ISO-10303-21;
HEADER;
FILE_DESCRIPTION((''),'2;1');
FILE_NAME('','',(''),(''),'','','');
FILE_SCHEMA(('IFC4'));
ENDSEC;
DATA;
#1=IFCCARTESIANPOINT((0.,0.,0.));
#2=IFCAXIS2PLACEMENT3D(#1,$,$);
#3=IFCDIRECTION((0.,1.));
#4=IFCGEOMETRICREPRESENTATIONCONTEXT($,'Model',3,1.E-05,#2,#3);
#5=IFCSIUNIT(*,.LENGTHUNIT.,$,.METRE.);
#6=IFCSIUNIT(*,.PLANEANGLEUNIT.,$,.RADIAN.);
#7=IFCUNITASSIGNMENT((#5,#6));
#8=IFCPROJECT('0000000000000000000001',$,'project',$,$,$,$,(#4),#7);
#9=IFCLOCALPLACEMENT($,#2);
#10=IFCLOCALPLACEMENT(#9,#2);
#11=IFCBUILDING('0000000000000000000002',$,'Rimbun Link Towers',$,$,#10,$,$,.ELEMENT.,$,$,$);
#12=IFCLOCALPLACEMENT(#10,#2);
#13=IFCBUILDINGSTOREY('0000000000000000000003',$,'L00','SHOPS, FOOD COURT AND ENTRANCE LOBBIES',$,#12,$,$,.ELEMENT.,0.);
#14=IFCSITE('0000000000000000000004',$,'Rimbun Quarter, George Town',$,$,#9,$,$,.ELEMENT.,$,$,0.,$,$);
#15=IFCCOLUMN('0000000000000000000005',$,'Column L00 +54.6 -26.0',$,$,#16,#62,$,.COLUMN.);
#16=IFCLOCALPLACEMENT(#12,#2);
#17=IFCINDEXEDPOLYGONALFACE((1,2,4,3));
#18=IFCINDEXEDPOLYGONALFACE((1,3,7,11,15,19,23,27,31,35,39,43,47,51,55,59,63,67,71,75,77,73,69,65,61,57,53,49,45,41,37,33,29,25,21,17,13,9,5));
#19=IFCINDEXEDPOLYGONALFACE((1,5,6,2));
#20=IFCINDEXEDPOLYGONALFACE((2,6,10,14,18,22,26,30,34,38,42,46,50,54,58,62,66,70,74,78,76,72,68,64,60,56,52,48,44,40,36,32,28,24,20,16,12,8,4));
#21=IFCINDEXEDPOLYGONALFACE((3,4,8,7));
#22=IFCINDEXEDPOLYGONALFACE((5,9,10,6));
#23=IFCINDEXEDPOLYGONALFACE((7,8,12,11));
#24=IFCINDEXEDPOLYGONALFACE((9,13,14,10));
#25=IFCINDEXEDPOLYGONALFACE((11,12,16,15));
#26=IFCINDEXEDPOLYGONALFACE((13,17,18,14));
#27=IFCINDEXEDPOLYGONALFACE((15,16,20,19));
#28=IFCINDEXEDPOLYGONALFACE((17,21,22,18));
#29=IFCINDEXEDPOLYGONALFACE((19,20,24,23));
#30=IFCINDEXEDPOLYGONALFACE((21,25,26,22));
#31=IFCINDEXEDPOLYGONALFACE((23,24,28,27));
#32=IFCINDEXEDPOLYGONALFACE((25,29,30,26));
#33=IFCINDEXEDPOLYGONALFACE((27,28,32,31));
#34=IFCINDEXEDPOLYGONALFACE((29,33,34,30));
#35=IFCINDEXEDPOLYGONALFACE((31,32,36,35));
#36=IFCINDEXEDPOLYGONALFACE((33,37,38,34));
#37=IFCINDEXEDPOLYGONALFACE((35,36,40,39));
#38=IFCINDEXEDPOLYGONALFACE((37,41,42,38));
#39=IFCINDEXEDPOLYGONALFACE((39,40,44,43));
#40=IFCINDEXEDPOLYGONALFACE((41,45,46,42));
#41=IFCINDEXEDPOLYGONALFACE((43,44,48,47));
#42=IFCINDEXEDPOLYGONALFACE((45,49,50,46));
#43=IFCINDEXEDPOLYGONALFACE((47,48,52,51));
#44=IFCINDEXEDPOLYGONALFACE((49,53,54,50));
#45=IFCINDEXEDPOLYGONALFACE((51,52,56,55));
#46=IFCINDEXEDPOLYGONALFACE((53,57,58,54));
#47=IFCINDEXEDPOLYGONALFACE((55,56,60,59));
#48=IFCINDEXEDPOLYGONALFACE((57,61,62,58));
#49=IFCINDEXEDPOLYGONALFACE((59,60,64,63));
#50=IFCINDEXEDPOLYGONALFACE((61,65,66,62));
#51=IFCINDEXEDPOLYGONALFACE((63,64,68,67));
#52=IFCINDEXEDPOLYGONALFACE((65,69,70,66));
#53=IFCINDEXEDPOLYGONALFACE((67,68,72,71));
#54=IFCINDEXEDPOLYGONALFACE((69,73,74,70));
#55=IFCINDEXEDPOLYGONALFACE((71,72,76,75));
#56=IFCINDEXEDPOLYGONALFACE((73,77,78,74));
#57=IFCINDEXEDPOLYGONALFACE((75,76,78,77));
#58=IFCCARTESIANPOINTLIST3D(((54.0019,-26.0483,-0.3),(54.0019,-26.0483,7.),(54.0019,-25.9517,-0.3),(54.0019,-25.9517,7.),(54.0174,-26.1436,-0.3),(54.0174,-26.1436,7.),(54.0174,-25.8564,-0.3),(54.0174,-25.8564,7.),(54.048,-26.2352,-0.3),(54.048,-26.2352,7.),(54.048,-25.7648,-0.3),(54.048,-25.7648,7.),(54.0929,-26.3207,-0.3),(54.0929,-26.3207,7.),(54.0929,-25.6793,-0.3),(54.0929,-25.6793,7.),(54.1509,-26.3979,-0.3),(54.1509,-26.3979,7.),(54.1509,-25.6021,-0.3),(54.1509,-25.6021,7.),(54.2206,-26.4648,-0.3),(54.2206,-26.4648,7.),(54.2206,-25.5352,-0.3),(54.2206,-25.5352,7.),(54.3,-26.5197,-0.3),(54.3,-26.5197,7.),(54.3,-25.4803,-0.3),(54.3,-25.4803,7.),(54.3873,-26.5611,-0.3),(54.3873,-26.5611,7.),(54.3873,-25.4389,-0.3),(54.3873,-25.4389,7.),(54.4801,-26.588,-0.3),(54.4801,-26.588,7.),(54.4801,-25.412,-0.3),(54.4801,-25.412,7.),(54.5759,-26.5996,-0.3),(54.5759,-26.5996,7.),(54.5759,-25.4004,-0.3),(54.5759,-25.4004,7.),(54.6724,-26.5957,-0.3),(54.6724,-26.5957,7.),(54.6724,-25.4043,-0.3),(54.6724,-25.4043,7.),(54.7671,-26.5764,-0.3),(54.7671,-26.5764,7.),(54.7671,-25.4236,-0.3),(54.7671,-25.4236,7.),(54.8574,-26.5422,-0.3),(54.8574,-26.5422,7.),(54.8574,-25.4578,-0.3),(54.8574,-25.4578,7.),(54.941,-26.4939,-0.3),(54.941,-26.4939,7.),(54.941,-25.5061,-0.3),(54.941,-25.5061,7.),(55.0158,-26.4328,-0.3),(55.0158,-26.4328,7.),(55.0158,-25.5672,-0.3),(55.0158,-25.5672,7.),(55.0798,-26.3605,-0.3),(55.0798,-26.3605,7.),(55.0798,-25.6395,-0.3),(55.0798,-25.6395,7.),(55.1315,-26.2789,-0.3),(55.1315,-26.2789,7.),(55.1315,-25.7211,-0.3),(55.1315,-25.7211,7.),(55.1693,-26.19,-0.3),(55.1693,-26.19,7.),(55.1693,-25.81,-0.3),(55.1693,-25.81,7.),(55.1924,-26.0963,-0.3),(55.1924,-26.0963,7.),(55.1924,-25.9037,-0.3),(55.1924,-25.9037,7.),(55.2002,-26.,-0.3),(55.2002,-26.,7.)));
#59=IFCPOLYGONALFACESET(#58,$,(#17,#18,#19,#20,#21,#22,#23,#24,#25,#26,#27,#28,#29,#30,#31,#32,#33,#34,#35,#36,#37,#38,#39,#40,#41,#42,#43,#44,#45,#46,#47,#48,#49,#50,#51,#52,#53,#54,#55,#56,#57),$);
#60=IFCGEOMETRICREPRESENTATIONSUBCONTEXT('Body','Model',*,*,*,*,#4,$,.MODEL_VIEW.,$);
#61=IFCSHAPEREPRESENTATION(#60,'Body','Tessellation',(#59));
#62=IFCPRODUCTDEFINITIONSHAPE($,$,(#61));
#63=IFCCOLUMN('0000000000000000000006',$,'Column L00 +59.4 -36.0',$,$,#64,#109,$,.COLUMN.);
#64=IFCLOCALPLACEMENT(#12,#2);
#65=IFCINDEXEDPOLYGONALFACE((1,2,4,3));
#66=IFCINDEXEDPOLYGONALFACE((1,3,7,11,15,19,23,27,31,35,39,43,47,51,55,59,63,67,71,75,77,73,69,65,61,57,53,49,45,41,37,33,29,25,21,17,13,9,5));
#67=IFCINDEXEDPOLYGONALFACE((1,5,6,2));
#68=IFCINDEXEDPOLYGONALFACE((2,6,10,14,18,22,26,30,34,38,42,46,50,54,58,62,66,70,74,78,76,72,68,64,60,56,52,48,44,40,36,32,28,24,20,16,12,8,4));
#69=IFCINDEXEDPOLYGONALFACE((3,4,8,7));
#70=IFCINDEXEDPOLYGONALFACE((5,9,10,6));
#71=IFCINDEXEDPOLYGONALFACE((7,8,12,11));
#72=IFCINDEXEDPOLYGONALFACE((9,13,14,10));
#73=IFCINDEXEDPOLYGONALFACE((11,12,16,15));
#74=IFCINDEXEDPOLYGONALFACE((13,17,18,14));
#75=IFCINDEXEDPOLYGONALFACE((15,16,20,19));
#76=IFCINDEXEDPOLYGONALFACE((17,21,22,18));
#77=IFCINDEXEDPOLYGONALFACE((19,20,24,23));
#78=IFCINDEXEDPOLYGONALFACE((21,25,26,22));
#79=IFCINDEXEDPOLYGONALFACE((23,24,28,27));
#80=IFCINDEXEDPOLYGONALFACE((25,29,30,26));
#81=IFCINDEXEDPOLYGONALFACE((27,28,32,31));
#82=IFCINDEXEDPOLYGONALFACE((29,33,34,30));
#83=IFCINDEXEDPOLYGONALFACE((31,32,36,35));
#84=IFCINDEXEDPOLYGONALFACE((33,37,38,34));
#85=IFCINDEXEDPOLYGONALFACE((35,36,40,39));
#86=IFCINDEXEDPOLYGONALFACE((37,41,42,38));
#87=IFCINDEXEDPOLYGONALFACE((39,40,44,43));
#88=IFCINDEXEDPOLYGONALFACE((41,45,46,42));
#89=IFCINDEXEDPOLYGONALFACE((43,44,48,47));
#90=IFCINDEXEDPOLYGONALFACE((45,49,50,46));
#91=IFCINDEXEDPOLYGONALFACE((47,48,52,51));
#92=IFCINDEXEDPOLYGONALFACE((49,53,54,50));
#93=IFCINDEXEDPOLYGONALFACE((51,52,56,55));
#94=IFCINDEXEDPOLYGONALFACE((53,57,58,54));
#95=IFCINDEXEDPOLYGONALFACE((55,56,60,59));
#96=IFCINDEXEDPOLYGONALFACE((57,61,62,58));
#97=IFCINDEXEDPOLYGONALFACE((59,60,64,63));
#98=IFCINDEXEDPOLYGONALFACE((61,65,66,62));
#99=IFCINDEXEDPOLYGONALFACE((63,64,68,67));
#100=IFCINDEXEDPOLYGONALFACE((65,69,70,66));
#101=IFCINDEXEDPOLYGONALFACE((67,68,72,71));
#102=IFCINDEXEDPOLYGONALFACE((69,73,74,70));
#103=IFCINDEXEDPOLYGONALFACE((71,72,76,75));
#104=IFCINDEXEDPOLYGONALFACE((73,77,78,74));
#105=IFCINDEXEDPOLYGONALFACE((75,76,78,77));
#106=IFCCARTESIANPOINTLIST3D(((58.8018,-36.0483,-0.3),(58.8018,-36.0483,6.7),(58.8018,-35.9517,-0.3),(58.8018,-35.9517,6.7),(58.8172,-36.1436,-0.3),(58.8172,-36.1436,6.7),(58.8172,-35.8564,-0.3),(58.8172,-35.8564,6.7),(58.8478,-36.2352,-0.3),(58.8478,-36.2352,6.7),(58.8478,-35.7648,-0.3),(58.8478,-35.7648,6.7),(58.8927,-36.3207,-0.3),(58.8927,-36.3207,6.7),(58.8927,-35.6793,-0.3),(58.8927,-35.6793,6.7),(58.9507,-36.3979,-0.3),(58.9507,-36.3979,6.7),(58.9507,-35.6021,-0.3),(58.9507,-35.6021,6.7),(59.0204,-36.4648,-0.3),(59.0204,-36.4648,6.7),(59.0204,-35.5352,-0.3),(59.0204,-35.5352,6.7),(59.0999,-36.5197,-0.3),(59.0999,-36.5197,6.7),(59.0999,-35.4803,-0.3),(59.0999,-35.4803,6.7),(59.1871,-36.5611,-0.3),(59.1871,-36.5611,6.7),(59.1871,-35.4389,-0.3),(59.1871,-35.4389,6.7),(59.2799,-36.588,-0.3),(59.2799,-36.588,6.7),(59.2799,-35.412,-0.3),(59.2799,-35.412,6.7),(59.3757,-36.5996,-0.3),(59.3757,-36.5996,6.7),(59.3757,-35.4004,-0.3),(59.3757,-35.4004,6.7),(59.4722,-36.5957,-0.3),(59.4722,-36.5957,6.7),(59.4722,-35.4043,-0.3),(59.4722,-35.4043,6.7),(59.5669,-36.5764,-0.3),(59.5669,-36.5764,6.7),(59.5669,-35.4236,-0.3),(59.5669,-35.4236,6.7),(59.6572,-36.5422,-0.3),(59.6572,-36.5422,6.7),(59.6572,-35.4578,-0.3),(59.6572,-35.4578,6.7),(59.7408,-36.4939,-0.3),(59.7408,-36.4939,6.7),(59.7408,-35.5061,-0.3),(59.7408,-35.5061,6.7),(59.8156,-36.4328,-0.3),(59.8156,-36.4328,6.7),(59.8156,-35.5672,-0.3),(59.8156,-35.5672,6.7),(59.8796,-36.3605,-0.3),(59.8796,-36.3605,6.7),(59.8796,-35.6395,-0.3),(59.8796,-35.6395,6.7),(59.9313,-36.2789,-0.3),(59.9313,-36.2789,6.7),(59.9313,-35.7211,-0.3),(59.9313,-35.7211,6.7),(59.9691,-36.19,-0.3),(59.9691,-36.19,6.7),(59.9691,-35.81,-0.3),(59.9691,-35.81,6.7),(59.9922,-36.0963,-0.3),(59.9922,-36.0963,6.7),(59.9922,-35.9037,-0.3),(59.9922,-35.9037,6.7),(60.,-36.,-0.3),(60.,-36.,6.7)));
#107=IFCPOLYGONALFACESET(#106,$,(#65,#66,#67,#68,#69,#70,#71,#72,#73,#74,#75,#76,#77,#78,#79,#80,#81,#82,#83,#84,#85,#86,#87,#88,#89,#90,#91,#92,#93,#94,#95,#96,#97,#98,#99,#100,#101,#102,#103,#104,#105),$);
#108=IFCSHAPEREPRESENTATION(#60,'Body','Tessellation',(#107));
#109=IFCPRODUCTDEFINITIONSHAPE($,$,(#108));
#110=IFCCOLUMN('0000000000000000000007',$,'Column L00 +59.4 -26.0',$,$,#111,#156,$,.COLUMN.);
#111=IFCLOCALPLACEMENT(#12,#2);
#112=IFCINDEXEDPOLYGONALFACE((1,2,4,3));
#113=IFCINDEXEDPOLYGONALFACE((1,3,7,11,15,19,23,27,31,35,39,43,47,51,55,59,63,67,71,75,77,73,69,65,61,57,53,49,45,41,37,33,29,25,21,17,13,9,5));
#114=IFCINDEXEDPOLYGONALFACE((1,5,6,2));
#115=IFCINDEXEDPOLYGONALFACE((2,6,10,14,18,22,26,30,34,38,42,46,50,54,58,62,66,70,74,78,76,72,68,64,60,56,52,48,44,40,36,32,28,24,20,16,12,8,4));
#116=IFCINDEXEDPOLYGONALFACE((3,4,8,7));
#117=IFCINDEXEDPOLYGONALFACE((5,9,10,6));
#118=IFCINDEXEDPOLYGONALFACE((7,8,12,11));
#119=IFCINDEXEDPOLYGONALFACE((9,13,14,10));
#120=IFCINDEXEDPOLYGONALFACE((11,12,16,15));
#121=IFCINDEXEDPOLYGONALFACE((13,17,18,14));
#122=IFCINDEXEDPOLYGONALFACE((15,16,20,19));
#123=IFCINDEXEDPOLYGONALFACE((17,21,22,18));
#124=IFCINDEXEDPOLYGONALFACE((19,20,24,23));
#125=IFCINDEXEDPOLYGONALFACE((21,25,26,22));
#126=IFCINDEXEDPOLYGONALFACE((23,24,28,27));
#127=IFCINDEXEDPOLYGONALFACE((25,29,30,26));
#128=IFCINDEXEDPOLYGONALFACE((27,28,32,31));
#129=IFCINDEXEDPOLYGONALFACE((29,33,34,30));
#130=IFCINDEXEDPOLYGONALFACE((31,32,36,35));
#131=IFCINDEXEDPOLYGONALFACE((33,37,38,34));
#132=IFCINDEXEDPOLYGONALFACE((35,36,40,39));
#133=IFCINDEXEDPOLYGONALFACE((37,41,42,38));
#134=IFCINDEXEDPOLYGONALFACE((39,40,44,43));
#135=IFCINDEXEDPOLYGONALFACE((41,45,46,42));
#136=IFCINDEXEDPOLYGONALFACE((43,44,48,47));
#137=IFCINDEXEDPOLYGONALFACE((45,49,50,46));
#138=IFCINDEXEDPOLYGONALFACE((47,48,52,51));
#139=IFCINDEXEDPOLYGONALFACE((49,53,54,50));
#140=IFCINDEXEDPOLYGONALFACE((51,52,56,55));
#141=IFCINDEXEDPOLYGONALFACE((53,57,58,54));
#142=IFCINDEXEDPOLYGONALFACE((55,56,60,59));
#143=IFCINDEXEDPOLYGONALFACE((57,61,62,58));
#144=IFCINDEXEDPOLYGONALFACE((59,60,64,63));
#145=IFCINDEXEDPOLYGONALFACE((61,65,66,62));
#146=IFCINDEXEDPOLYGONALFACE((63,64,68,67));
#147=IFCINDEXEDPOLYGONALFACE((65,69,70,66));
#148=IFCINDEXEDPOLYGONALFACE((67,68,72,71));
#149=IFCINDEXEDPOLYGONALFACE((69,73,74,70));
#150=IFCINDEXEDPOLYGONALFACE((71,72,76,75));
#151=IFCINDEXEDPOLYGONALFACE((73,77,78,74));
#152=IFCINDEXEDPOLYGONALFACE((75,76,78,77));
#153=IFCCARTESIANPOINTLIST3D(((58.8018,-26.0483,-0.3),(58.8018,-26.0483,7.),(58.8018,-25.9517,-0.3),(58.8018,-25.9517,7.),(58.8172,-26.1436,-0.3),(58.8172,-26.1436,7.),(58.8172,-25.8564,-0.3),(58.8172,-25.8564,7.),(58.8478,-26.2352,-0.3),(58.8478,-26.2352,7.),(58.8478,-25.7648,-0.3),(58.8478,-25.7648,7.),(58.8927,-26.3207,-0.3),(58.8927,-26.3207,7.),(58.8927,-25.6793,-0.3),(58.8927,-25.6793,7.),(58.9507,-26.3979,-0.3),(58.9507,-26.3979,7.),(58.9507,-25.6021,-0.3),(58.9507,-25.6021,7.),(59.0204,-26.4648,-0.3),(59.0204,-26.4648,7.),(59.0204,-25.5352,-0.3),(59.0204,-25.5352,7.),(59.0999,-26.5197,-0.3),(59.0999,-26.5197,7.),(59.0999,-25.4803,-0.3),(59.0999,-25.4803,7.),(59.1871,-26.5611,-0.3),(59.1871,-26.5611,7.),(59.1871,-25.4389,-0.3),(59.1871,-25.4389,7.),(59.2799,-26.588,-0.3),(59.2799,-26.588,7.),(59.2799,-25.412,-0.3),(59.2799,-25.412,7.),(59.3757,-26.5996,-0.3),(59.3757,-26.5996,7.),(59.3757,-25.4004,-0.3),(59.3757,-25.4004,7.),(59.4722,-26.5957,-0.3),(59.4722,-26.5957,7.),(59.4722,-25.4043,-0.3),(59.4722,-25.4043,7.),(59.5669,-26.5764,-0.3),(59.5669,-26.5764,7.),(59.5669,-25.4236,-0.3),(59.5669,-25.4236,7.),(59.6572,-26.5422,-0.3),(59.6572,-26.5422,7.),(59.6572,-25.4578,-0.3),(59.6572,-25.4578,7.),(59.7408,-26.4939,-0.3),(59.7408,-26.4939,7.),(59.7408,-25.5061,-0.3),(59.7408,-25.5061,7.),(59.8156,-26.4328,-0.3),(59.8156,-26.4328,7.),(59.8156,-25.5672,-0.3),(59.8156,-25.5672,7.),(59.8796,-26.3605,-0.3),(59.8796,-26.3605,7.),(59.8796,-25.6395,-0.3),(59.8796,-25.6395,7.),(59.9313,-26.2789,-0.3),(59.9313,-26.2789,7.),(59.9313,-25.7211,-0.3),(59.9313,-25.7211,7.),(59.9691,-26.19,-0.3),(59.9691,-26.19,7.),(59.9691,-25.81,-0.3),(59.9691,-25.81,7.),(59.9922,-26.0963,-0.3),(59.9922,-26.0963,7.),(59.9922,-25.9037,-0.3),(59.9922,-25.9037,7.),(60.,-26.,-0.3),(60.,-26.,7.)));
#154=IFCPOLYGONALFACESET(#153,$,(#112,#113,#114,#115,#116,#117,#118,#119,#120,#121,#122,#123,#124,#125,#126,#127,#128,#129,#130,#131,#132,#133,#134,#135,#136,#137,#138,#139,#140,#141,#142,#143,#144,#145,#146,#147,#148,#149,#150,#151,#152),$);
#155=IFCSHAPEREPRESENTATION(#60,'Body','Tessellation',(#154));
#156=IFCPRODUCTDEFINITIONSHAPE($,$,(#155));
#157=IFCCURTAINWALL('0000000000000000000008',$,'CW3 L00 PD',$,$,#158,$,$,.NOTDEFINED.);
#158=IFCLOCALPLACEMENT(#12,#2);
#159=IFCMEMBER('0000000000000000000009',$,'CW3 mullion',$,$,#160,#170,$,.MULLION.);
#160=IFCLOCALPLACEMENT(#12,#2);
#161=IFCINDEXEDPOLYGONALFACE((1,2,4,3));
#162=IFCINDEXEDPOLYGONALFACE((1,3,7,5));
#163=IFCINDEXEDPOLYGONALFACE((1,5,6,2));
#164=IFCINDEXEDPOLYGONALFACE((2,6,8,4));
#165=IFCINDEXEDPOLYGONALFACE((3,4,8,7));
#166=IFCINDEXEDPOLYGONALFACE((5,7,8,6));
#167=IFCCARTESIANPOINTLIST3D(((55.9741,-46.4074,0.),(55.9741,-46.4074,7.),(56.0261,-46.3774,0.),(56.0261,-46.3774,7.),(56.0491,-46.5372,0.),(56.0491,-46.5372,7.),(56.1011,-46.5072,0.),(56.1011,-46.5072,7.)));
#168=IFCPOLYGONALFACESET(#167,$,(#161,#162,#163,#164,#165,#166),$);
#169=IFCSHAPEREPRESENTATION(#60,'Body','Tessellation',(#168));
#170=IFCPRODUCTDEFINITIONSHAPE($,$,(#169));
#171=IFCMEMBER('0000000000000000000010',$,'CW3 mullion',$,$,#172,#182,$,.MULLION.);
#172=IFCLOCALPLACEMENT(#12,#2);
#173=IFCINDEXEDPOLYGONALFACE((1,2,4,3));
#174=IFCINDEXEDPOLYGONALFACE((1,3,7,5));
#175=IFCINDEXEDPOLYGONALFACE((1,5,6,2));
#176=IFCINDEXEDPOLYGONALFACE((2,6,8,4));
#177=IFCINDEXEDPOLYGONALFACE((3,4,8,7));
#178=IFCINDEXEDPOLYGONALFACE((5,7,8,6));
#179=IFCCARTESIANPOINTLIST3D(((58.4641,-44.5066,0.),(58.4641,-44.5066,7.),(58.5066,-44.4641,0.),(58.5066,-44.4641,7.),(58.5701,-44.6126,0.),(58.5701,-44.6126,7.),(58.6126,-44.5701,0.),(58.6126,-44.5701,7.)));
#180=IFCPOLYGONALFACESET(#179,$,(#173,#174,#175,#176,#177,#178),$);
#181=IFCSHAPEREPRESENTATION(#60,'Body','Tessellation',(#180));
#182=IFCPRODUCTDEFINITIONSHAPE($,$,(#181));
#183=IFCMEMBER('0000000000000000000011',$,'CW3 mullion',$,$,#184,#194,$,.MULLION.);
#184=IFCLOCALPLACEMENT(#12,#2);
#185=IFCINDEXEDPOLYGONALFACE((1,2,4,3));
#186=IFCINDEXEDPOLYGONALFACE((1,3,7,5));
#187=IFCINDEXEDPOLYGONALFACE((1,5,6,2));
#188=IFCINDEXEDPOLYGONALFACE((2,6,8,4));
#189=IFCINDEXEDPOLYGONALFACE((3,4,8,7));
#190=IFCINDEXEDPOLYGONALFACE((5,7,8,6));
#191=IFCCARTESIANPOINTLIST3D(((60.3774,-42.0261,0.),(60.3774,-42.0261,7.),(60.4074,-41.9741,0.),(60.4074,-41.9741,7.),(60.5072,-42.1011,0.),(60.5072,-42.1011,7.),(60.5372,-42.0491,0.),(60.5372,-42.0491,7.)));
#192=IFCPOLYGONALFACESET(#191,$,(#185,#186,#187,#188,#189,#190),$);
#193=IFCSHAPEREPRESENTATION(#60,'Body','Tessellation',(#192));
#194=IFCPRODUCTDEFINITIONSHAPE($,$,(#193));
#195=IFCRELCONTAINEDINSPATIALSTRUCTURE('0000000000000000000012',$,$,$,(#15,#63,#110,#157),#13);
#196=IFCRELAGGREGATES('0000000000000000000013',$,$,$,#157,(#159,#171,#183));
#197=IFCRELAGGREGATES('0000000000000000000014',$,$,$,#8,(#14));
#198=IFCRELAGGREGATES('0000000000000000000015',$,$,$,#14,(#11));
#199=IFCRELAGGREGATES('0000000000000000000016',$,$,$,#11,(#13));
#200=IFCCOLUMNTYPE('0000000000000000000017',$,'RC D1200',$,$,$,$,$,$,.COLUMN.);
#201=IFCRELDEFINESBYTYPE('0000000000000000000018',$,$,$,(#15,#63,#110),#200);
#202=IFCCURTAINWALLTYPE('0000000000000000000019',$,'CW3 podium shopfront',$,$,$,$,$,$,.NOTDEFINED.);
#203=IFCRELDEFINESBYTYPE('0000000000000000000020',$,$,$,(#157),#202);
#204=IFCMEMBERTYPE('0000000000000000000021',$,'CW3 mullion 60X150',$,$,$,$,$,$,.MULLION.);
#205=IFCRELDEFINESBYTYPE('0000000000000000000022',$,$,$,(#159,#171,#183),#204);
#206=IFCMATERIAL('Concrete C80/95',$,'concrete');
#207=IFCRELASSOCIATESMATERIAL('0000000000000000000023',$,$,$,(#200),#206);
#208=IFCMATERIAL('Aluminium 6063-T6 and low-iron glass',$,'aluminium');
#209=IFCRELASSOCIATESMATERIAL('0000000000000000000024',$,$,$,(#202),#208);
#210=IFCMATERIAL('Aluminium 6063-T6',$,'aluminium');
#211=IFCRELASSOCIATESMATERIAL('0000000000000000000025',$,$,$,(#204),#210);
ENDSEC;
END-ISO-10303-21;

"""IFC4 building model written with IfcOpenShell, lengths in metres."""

from ifc_helpers import new_model, si_unit, direction, frame, origin, origin_2d, place, context, subcontext, project, spatial, rectangle, circle, extrude, material, material_profile, profile_set, type_object, element, aggregate, save


model = new_model("IFC4")

# Units and contexts
model_context = context("Model", 3, precision=1e-05, world=origin(), true_north=direction((0.0, 1.0)))
body_context = subcontext(model_context, "Body", "Model", "MODEL_VIEW")
ifc_project = project(units=[si_unit("LENGTHUNIT", "METRE"), si_unit("PLANEANGLEUNIT", "RADIAN")], contexts=[model_context])

# Site, building, storey
site_placement = place(None, origin())
site = spatial("IfcSite", under=ifc_project, at=site_placement, Name="Rimbun Quarter, George Town", CompositionType="ELEMENT", RefElevation=0.0)
building_placement = place(site_placement, origin())
building = spatial("IfcBuilding", under=site, at=building_placement, Name="Rimbun Link Towers", CompositionType="ELEMENT")
storey_placement = place(building_placement, origin())
storey = spatial("IfcBuildingStorey", under=building, at=storey_placement, Name="L00", Description="SHOPS, FOOD COURT AND ENTRANCE LOBBIES", CompositionType="ELEMENT", Elevation=0.0)

# Columns
ifc_material_1 = material(Name="Concrete C80/95", Category="concrete")
ifc_material_profile_1 = material_profile(ifc_material_1, circle(Radius=0.6001, at=origin_2d()), Name="RC D1200")
ifc_profile_set_1 = profile_set([ifc_material_profile_1], Name="Concrete C80/95")
column_type = type_object("IfcColumnType", Name="RC D1200", PredefinedType="COLUMN", material=ifc_profile_set_1)
for number, where, z_axis, x_axis, name in (
    (1, (54.6001, -26.0, -0.3), (0.0, 0.0, 1.0), (1.0, 0.0, 0.0), "Column L00 +54.6 -26.0"),
):
    element("IfcColumn", number, at=place(storey_placement, frame(where, z_axis=z_axis, x_axis=x_axis)), inside=storey, type_object=column_type, Name=name, PredefinedType="COLUMN", context=body_context, shape_type="SweptSolid", body=[
        extrude(circle(Radius=0.6001, at=origin_2d()), origin(), (0.0, 0.0, 1.0), 7.3),
    ])
column_1_placement = place(storey_placement, frame((59.3999, -36.0, -0.3), z_axis=(0.0, 0.0, 1.0), x_axis=(1.0, 0.0, 0.0)))
element("IfcColumn", 2, at=column_1_placement, inside=storey, type_object=column_type, Name="Column L00 +59.4 -36.0", PredefinedType="COLUMN", context=body_context, shape_type="SweptSolid", body=[
    extrude(circle(Radius=0.6001, at=origin_2d()), origin(), (0.0, 0.0, 1.0), 7.0),
])
column_2_placement = place(storey_placement, frame((59.3999, -26.0, -0.3), z_axis=(0.0, 0.0, 1.0), x_axis=(1.0, 0.0, 0.0)))
element("IfcColumn", 3, at=column_2_placement, inside=storey, type_object=column_type, Name="Column L00 +59.4 -26.0", PredefinedType="COLUMN", context=body_context, shape_type="SweptSolid", body=[
    extrude(circle(Radius=0.6001, at=origin_2d()), origin(), (0.0, 0.0, 1.0), 7.3),
])

# Curtain wall, members
ifc_material_2 = material(Name="Aluminium 6063-T6 and low-iron glass", Category="aluminium")
curtain_wall_type = type_object("IfcCurtainWallType", Name="CW3 podium shopfront", PredefinedType="NOTDEFINED", material=ifc_material_2)
curtain_wall_placement = place(storey_placement, origin())
curtain_wall = element("IfcCurtainWall", 4, at=curtain_wall_placement, inside=storey, type_object=curtain_wall_type, Name="CW3 L00 PD", PredefinedType="NOTDEFINED")
ifc_material_3 = material(Name="Aluminium 6063-T6", Category="aluminium")
ifc_material_profile_2 = material_profile(ifc_material_3, rectangle(XDim=0.1499, YDim=0.0601, at=origin_2d()), Name="MULLION 60X150")
ifc_profile_set_2 = profile_set([ifc_material_profile_2], Name="Aluminium 6063-T6")
member_type_1 = type_object("IfcMemberType", Name="CW3 mullion 60X150", PredefinedType="MULLION", material=ifc_profile_set_2)
member_1_placement = place(storey_placement, frame((56.0376, -46.4573, 0.0), z_axis=(0.0, 0.0, 1.0), x_axis=(0.499994, -0.866029, 0.0)))
member_1 = element("IfcMember", 5, at=member_1_placement, type_object=member_type_1, Name="CW3 mullion", PredefinedType="MULLION", context=body_context, shape_type="SweptSolid", body=[
    extrude(rectangle(XDim=0.1499, YDim=0.0601, at=origin_2d()), origin(), (0.0, 0.0, 1.0), 7.0),
])
member_2_placement = place(storey_placement, frame((58.5383, -44.5383, 0.0), z_axis=(0.0, 0.0, 1.0), x_axis=(0.707107, -0.707107, 0.0)))
member_2 = element("IfcMember", 6, at=member_2_placement, type_object=member_type_1, Name="CW3 mullion", PredefinedType="MULLION", context=body_context, shape_type="SweptSolid", body=[
    extrude(rectangle(XDim=0.1499, YDim=0.0601, at=origin_2d()), origin(), (0.0, 0.0, 1.0), 7.0),
])
member_3_placement = place(storey_placement, frame((60.4573, -42.0376, 0.0), z_axis=(0.0, 0.0, 1.0), x_axis=(0.866029, -0.499994, 0.0)))
member_3 = element("IfcMember", 7, at=member_3_placement, type_object=member_type_1, Name="CW3 mullion", PredefinedType="MULLION", context=body_context, shape_type="SweptSolid", body=[
    extrude(rectangle(XDim=0.1499, YDim=0.0601, at=origin_2d()), origin(), (0.0, 0.0, 1.0), 7.0),
])
aggregate(curtain_wall, [member_1, member_2, member_3])

save(model, "model.ifc")
